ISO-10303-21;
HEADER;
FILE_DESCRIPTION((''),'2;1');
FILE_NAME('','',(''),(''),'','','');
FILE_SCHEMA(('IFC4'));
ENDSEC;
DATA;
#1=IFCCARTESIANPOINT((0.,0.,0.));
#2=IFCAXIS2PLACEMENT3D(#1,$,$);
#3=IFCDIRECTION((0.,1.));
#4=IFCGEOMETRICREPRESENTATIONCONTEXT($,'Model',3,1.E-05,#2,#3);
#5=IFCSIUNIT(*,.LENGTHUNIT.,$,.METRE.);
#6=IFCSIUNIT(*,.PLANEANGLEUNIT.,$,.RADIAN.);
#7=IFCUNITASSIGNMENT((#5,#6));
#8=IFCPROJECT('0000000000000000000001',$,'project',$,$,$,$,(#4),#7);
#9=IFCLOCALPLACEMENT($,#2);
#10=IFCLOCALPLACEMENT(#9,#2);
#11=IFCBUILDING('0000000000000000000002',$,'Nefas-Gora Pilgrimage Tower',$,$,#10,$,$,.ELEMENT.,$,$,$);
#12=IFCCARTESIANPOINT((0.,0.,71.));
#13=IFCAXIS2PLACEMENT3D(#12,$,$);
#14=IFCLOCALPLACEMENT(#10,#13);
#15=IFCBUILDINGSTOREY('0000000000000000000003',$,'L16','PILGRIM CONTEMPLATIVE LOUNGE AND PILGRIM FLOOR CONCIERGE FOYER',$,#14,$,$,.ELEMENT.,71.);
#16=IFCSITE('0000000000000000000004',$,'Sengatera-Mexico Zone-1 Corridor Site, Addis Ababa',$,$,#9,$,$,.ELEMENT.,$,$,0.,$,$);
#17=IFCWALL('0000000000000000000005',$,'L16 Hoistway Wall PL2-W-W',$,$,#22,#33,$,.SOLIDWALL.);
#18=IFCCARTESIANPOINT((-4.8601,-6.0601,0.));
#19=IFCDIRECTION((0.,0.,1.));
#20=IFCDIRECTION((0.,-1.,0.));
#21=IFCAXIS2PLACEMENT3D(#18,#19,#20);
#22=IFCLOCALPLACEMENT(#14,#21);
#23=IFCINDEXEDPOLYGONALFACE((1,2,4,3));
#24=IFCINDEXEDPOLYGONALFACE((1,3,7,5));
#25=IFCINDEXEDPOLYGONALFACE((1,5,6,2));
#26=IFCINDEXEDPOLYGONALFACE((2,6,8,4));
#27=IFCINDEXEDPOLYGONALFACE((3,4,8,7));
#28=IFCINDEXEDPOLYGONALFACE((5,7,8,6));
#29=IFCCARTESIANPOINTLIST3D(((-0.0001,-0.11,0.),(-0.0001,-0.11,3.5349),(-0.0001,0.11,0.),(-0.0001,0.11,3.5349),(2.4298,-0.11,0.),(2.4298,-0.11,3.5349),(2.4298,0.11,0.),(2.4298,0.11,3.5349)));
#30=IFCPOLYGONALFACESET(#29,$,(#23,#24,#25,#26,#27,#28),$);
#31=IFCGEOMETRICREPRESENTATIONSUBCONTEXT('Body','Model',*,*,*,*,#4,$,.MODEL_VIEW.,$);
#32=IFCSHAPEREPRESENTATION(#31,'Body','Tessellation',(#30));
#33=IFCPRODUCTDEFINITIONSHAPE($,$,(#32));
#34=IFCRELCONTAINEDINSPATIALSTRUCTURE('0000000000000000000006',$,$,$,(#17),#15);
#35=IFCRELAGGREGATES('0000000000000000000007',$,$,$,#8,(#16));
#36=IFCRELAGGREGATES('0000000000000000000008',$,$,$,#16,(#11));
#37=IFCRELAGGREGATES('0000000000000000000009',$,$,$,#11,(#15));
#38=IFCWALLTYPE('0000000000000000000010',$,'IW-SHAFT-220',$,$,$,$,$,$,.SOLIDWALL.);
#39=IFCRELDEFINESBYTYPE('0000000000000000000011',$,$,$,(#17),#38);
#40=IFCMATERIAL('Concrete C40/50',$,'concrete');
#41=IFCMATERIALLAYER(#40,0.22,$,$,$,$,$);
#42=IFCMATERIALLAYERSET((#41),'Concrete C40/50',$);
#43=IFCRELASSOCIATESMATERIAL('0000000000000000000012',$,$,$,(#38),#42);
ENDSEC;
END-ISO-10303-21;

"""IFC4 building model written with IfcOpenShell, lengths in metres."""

from ifc_helpers import new_model, si_unit, direction, frame, frame_2d, origin, place, context, subcontext, project, spatial, rectangle, extrude, source, transform, mapped, material, layer, layer_set, type_object, element, save


model = new_model("IFC4")

# Units and contexts
model_context = context("Model", 3, precision=1e-05, world=origin(), true_north=direction((0.0, 1.0)))
body_context = subcontext(model_context, "Body", "Model", "MODEL_VIEW")
ifc_project = project(units=[si_unit("LENGTHUNIT", "METRE"), si_unit("PLANEANGLEUNIT", "RADIAN")], contexts=[model_context])

# Site, building, storey
site_placement = place(None, origin())
site = spatial("IfcSite", under=ifc_project, at=site_placement, Name="Sengatera-Mexico Zone-1 Corridor Site, Addis Ababa", CompositionType="ELEMENT", RefElevation=0.0)
building_placement = place(site_placement, origin())
building = spatial("IfcBuilding", under=site, at=building_placement, Name="Nefas-Gora Pilgrimage Tower", CompositionType="ELEMENT")
storey_placement = place(building_placement, frame((0.0, 0.0, 71.0)))
storey = spatial("IfcBuildingStorey", under=building, at=storey_placement, Name="L16", Description="PILGRIM CONTEMPLATIVE LOUNGE AND PILGRIM FLOOR CONCIERGE FOYER", CompositionType="ELEMENT", Elevation=71.0)

# Wall
ifc_material_1 = material(Name="Concrete C40/50", Category="concrete")
ifc_layer_1 = layer(ifc_material_1, 0.22)
ifc_layer_set_1 = layer_set([ifc_layer_1], Name="Concrete C40/50")
wall_type_1 = type_object("IfcWallType", Name="IW-SHAFT-220", PredefinedType="SOLIDWALL", material=ifc_layer_set_1)
shared_shape_1 = source(origin(), body_context, "Body", "SweptSolid", [
    extrude(rectangle(XDim=2.4299, YDim=0.22, at=frame_2d((1.2148, 0.0))), origin(), (0.0, 0.0, 1.0), 3.5349),
])
for number, where, z_axis, x_axis, name in (
    (1, (-4.8601, -6.0601, 0.0), (0.0, 0.0, 1.0), (0.0, -1.0, 0.0), "L16 Hoistway Wall PL2-W-W"),
):
    element("IfcWall", number, at=place(storey_placement, frame(where, z_axis=z_axis, x_axis=x_axis)), inside=storey, type_object=wall_type_1, Name=name, PredefinedType="SOLIDWALL", context=body_context, shape_type="MappedRepresentation", body=[
        mapped(shared_shape_1, transform((0.0, 0.0, 0.0), x_axis=(1.0, 0.0, 0.0), y_axis=(0.0, 1.0, 0.0), z_axis=(0.0, 0.0, 1.0), scale=1.0)),
    ])

save(model, "model.ifc")
